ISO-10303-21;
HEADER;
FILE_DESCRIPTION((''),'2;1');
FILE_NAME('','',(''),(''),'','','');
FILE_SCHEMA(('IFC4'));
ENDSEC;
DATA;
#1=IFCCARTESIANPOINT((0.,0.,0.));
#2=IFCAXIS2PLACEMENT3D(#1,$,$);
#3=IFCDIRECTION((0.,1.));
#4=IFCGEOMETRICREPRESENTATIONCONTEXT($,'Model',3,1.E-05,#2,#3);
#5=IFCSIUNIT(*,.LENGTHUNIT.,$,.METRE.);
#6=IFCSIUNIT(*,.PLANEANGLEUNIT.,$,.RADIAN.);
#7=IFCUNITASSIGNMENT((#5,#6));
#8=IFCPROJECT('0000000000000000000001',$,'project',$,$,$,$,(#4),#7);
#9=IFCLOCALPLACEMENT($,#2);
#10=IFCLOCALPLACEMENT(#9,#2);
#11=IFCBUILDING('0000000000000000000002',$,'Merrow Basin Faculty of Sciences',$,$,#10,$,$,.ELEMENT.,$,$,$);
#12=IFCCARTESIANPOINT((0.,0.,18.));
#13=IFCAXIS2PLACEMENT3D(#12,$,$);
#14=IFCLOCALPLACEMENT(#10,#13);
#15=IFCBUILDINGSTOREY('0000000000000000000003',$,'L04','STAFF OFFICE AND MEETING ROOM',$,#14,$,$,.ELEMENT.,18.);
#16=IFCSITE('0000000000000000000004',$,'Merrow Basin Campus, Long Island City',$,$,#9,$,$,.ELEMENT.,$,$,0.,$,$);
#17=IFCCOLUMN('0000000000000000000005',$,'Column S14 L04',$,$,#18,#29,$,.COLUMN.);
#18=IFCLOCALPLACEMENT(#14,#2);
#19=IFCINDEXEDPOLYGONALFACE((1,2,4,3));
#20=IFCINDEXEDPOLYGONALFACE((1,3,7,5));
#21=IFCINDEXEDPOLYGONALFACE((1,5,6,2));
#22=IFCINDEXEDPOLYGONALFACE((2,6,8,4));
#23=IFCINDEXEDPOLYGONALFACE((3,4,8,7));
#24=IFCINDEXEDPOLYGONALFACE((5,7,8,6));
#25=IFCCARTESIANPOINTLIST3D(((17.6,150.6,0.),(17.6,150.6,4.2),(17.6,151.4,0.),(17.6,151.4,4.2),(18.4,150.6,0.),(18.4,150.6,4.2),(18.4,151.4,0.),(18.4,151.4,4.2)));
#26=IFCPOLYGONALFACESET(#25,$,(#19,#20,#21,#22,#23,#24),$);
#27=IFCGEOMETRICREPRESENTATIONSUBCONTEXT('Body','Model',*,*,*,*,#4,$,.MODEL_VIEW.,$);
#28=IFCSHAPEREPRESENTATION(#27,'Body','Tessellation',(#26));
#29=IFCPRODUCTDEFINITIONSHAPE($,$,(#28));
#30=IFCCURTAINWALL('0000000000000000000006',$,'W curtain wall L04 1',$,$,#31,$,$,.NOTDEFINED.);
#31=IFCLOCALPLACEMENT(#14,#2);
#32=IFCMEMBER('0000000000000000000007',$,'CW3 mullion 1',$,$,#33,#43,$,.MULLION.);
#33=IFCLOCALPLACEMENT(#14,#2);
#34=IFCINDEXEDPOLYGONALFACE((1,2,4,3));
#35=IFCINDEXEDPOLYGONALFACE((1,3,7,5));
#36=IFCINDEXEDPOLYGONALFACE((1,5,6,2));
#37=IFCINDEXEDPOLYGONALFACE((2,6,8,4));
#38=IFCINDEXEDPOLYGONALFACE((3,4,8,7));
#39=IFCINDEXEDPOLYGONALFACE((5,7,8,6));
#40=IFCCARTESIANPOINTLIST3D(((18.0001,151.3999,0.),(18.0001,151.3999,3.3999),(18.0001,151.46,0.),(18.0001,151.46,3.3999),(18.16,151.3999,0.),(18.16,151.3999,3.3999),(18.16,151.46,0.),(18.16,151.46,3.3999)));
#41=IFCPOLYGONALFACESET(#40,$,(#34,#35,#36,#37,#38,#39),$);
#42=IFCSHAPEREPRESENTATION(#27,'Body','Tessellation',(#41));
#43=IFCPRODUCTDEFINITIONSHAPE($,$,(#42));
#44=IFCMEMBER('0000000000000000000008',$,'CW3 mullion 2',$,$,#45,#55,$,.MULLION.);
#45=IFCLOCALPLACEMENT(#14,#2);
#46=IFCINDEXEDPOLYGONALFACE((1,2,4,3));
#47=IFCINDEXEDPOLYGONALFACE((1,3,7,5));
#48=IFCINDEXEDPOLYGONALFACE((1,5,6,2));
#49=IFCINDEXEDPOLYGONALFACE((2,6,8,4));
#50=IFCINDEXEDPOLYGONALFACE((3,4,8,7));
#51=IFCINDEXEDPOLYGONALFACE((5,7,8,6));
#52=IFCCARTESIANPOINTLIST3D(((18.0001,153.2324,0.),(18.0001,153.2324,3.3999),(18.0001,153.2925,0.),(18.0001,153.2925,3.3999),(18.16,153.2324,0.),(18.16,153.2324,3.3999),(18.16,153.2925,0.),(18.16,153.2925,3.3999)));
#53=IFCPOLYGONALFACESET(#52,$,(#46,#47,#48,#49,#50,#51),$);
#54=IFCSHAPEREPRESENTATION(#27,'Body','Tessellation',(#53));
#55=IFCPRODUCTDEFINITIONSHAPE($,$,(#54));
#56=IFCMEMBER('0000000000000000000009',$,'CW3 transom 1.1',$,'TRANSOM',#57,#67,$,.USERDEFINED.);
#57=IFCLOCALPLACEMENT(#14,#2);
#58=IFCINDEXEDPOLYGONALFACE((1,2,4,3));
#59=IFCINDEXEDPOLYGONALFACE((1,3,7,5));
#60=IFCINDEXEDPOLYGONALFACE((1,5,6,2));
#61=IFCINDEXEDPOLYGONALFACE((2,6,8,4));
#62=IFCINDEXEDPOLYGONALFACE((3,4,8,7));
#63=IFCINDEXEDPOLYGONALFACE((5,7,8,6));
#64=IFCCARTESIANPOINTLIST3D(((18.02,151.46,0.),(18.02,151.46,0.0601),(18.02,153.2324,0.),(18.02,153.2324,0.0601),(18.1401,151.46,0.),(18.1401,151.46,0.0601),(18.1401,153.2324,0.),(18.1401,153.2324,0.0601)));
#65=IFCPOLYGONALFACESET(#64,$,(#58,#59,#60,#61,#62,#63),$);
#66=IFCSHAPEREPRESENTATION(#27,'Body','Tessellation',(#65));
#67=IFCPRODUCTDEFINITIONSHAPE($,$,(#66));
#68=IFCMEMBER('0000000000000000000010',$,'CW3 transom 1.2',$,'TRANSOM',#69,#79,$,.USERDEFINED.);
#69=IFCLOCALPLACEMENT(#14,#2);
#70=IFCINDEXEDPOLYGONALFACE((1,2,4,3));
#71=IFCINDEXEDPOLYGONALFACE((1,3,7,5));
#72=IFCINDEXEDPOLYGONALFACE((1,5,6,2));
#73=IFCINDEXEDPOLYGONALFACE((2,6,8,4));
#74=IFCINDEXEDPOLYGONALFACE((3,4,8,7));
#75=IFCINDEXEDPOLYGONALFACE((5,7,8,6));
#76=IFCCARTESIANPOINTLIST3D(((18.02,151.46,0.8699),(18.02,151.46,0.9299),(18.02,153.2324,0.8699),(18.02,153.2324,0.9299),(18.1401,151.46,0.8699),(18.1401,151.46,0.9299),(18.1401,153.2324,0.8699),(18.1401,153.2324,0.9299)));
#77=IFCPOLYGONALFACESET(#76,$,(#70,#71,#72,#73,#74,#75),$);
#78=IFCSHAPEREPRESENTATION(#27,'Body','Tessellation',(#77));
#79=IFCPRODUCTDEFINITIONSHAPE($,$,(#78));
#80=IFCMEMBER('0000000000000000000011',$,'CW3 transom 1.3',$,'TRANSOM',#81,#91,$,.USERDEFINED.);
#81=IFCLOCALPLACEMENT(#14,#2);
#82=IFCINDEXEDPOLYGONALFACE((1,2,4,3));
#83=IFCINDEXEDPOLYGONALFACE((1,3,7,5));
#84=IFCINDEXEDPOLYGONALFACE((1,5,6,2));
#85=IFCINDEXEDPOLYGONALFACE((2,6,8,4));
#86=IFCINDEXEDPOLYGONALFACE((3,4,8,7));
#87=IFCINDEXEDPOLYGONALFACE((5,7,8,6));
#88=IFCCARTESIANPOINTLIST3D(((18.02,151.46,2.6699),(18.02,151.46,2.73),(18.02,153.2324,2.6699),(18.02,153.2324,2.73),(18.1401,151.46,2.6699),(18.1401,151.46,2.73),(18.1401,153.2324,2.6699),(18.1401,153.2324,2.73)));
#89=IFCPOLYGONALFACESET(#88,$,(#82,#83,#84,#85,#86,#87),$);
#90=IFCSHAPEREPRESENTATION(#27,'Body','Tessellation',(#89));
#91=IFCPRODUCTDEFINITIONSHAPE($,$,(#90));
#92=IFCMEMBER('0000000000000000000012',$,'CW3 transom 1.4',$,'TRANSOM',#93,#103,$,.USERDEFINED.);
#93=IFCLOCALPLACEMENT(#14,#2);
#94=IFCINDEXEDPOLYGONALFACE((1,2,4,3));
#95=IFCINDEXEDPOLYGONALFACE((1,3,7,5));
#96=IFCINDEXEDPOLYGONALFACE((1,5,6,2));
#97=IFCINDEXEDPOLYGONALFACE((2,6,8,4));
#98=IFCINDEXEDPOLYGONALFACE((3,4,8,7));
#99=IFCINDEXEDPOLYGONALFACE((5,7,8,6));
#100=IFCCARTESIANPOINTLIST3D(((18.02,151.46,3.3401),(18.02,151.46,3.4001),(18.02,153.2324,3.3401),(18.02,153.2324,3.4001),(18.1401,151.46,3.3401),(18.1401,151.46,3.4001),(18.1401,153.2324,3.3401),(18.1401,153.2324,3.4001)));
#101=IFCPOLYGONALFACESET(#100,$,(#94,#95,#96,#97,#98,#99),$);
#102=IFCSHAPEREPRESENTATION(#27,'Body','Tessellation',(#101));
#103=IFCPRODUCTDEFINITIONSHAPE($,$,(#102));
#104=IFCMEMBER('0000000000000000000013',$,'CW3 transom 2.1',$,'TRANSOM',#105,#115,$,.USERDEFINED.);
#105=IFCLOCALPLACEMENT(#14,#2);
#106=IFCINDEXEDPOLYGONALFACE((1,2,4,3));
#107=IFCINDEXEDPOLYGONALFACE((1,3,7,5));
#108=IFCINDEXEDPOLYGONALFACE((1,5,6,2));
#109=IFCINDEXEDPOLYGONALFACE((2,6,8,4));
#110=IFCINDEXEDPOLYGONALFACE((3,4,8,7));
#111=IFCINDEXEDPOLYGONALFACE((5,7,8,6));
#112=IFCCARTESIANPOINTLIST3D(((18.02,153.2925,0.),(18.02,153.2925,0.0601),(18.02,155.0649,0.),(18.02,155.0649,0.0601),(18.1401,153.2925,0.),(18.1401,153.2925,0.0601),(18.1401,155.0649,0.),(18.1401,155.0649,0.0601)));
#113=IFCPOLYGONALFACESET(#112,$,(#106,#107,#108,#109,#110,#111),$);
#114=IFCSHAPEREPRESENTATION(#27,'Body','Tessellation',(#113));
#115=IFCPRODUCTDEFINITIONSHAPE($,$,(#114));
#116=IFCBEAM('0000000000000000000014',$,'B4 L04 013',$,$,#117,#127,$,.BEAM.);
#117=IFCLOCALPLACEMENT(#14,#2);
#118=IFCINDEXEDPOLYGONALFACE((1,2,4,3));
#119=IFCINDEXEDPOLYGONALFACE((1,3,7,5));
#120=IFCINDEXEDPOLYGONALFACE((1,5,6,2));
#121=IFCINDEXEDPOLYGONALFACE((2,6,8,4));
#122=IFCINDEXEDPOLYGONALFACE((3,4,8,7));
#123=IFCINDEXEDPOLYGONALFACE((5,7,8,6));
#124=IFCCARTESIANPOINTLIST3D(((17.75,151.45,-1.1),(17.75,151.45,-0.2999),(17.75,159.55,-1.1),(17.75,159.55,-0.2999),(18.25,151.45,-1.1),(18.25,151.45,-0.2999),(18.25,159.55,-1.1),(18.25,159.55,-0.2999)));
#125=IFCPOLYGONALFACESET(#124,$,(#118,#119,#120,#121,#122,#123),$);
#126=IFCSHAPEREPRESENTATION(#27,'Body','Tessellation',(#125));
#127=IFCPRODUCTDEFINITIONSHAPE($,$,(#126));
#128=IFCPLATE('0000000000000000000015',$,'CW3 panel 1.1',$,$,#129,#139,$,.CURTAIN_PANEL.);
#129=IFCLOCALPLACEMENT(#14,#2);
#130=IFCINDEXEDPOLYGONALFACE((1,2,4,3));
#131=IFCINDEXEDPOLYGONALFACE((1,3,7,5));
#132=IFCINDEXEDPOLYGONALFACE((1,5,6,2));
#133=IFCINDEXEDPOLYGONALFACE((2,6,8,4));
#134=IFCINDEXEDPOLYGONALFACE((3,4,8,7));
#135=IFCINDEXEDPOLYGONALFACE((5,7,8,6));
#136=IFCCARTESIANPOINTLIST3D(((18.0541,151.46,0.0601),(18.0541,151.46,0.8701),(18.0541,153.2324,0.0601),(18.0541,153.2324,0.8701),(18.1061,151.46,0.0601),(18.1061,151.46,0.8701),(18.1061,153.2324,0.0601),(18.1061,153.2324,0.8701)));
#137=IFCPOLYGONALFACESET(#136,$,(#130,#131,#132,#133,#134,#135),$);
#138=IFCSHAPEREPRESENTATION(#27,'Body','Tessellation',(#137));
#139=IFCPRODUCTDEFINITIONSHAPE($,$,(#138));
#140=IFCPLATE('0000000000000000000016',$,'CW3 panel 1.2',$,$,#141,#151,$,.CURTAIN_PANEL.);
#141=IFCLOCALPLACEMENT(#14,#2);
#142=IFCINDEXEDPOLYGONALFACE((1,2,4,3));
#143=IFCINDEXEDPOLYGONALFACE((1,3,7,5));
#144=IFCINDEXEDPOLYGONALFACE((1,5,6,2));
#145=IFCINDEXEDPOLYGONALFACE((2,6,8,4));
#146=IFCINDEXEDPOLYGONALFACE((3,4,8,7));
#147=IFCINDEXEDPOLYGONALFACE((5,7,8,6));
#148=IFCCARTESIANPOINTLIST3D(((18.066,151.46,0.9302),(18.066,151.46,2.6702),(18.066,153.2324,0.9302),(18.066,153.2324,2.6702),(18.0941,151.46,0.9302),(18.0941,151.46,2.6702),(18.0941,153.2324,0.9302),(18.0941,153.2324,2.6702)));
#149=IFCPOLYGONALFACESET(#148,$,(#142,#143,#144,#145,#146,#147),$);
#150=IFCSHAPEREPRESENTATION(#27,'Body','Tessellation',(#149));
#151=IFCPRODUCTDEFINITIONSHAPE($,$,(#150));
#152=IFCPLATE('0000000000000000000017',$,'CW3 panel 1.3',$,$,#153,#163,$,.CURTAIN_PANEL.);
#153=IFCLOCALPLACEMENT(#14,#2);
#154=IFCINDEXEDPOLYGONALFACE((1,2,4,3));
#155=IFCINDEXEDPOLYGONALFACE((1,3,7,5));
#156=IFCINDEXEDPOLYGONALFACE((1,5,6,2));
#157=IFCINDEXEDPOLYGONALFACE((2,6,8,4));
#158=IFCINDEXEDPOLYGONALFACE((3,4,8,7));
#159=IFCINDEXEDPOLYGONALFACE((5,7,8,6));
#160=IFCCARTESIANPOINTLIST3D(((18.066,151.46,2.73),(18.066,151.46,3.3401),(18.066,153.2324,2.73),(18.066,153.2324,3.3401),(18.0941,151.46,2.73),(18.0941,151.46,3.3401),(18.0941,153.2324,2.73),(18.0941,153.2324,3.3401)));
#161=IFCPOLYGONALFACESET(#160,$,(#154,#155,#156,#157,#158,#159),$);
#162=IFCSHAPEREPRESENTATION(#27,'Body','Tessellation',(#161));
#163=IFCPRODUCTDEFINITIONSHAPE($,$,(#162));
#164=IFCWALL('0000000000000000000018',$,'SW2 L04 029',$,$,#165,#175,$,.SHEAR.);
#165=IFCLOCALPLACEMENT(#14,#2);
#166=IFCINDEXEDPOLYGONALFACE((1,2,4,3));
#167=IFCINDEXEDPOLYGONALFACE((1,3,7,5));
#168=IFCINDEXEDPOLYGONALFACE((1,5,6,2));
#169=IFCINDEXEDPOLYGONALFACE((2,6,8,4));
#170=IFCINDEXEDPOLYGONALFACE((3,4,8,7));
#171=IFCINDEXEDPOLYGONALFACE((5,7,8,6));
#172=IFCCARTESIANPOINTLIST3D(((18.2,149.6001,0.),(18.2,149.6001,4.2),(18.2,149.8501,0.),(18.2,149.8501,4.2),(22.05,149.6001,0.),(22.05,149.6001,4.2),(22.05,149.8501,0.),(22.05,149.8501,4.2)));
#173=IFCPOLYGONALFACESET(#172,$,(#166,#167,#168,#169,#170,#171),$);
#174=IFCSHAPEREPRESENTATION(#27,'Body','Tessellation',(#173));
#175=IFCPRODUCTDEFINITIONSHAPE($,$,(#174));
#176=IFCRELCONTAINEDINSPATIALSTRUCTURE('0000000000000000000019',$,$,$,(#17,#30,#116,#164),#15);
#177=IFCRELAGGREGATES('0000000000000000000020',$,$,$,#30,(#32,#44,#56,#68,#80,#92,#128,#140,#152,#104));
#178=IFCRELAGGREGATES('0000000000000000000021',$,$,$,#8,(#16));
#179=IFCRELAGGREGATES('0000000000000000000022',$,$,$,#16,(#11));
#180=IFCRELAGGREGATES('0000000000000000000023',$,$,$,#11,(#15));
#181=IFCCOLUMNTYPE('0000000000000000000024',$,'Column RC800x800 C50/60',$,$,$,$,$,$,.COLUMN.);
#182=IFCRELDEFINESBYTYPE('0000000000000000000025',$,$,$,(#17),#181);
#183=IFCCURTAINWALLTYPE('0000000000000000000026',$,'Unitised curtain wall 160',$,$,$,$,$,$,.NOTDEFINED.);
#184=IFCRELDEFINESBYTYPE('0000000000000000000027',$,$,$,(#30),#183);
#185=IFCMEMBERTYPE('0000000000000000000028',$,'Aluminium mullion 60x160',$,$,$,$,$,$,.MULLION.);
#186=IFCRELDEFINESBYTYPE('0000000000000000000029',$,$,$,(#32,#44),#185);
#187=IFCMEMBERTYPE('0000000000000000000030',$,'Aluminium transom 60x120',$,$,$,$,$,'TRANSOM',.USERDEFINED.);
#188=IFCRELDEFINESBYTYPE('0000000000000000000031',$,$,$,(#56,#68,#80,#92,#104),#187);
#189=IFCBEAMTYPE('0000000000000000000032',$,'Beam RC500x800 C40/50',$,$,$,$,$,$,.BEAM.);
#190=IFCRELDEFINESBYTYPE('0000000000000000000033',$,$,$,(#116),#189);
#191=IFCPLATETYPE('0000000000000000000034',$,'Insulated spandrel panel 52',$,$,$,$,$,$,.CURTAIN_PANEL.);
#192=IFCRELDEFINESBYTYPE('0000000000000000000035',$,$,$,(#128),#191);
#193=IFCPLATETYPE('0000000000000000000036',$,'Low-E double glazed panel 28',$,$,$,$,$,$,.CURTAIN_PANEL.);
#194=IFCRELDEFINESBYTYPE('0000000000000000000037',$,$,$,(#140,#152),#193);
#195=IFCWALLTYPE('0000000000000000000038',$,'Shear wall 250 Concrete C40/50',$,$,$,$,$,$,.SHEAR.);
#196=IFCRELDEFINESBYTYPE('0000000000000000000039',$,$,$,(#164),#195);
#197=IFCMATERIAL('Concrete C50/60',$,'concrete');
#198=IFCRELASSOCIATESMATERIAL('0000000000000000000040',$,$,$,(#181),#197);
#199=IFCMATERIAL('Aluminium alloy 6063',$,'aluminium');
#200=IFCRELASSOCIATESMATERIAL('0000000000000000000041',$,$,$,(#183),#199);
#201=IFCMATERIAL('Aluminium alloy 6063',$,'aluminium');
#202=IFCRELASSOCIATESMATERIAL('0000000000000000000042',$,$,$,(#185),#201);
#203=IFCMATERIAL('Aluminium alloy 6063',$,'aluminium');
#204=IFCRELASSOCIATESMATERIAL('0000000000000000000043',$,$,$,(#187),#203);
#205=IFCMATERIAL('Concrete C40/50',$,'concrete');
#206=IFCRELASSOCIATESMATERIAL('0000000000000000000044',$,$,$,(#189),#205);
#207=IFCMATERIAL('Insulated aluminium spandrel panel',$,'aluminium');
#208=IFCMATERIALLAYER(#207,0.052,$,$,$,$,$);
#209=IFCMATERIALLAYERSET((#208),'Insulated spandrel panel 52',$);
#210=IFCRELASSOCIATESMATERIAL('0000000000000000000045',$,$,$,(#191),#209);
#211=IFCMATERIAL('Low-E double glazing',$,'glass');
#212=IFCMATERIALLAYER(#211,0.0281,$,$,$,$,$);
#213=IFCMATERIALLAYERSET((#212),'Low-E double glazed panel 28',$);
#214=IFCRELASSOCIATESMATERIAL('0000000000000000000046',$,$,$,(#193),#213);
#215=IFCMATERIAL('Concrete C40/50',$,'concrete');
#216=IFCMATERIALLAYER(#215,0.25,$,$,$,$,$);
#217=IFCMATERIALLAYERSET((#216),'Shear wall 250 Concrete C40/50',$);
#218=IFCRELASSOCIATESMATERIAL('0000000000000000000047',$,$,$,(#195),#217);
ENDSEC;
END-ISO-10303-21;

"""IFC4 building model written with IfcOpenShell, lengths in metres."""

from ifc_helpers import new_model, si_unit, direction, frame, frame_2d, origin, origin_2d, place, context, subcontext, project, spatial, rectangle, extrude, material, layer, layer_set, material_profile, profile_set, type_object, element, aggregate, save


model = new_model("IFC4")

# Units and contexts
model_context = context("Model", 3, precision=1e-05, world=origin(), true_north=direction((0.0, 1.0)))
body_context = subcontext(model_context, "Body", "Model", "MODEL_VIEW")
ifc_project = project(units=[si_unit("LENGTHUNIT", "METRE"), si_unit("PLANEANGLEUNIT", "RADIAN")], contexts=[model_context])

# Site, building, storey
site_placement = place(None, origin())
site = spatial("IfcSite", under=ifc_project, at=site_placement, Name="Merrow Basin Campus, Long Island City", CompositionType="ELEMENT", RefElevation=0.0)
building_placement = place(site_placement, origin())
building = spatial("IfcBuilding", under=site, at=building_placement, Name="Merrow Basin Faculty of Sciences", CompositionType="ELEMENT")
storey_placement = place(building_placement, frame((0.0, 0.0, 18.0)))
storey = spatial("IfcBuildingStorey", under=building, at=storey_placement, Name="L04", Description="STAFF OFFICE AND MEETING ROOM", CompositionType="ELEMENT", Elevation=18.0)

# Column
ifc_material_1 = material(Name="Concrete C50/60", Category="concrete")
ifc_material_profile_1 = material_profile(ifc_material_1, rectangle(XDim=0.8, YDim=0.8, at=origin_2d()))
ifc_profile_set_1 = profile_set([ifc_material_profile_1], Name="Concrete C50/60")
column_type = type_object("IfcColumnType", Name="Column RC800x800 C50/60", PredefinedType="COLUMN", material=ifc_profile_set_1)
column_placement = place(storey_placement, frame((18.0, 151.0, 0.0), z_axis=(0.0, 0.0, 1.0), x_axis=(1.0, 0.0, 0.0)))
element("IfcColumn", 1, at=column_placement, inside=storey, type_object=column_type, Name="Column S14 L04", PredefinedType="COLUMN", context=body_context, shape_type="SweptSolid", body=[
    extrude(rectangle(XDim=0.8, YDim=0.8, at=origin_2d()), origin(), (0.0, 0.0, 1.0), 4.2),
])

# Curtain wall, members
ifc_material_2 = material(Name="Aluminium alloy 6063", Category="aluminium")
curtain_wall_type = type_object("IfcCurtainWallType", Name="Unitised curtain wall 160", PredefinedType="NOTDEFINED", material=ifc_material_2)
curtain_wall_placement = place(storey_placement, origin())
curtain_wall = element("IfcCurtainWall", 2, at=curtain_wall_placement, inside=storey, type_object=curtain_wall_type, Name="W curtain wall L04 1", PredefinedType="NOTDEFINED")
ifc_material_3 = material(Name="Aluminium alloy 6063", Category="aluminium")
ifc_material_profile_2 = material_profile(ifc_material_3, rectangle(XDim=0.1599, YDim=0.0601, at=origin_2d()))
ifc_profile_set_2 = profile_set([ifc_material_profile_2], Name="Aluminium alloy 6063")
member_type_1 = type_object("IfcMemberType", Name="Aluminium mullion 60x160", PredefinedType="MULLION", material=ifc_profile_set_2)
member_1_placement = place(storey_placement, frame((18.0801, 151.4299, 0.0), z_axis=(0.0, 0.0, 1.0), x_axis=(-1.0, 0.0, 0.0)))
member_1 = element("IfcMember", 3, at=member_1_placement, type_object=member_type_1, Name="CW3 mullion 1", PredefinedType="MULLION", context=body_context, shape_type="SweptSolid", body=[
    extrude(rectangle(XDim=0.1599, YDim=0.0601, at=origin_2d()), origin(), (0.0, 0.0, 1.0), 3.3999),
])
member_2_placement = place(storey_placement, frame((18.0801, 153.2625, 0.0), z_axis=(0.0, 0.0, 1.0), x_axis=(-1.0, 0.0, 0.0)))
member_2 = element("IfcMember", 4, at=member_2_placement, type_object=member_type_1, Name="CW3 mullion 2", PredefinedType="MULLION", context=body_context, shape_type="SweptSolid", body=[
    extrude(rectangle(XDim=0.1599, YDim=0.0601, at=origin_2d()), origin(), (0.0, 0.0, 1.0), 3.3999),
])
ifc_material_4 = material(Name="Aluminium alloy 6063", Category="aluminium")
ifc_material_profile_3 = material_profile(ifc_material_4, rectangle(XDim=0.1201, YDim=0.0601, at=origin_2d()))
ifc_profile_set_3 = profile_set([ifc_material_profile_3], Name="Aluminium alloy 6063")
member_type_2 = type_object("IfcMemberType", Name="Aluminium transom 60x120", ElementType="TRANSOM", PredefinedType="USERDEFINED", material=ifc_profile_set_3)
member_3_placement = place(storey_placement, frame((18.0801, 151.46, 0.03), z_axis=(0.0, 1.0, 0.0), x_axis=(-1.0, 0.0, 0.0)))
member_3 = element("IfcMember", 5, at=member_3_placement, type_object=member_type_2, Name="CW3 transom 1.1", ObjectType="TRANSOM", PredefinedType="USERDEFINED", context=body_context, shape_type="SweptSolid", body=[
    extrude(rectangle(XDim=0.1201, YDim=0.0601, at=origin_2d()), origin(), (0.0, 0.0, 1.0), 1.7725),
])
member_4_placement = place(storey_placement, frame((18.0801, 151.46, 0.8999), z_axis=(0.0, 1.0, 0.0), x_axis=(-1.0, 0.0, 0.0)))
member_4 = element("IfcMember", 6, at=member_4_placement, type_object=member_type_2, Name="CW3 transom 1.2", ObjectType="TRANSOM", PredefinedType="USERDEFINED", context=body_context, shape_type="SweptSolid", body=[
    extrude(rectangle(XDim=0.1201, YDim=0.0601, at=origin_2d()), origin(), (0.0, 0.0, 1.0), 1.7725),
])
member_5_placement = place(storey_placement, frame((18.0801, 151.46, 2.7), z_axis=(0.0, 1.0, 0.0), x_axis=(-1.0, 0.0, 0.0)))
member_5 = element("IfcMember", 7, at=member_5_placement, type_object=member_type_2, Name="CW3 transom 1.3", ObjectType="TRANSOM", PredefinedType="USERDEFINED", context=body_context, shape_type="SweptSolid", body=[
    extrude(rectangle(XDim=0.1201, YDim=0.0601, at=origin_2d()), origin(), (0.0, 0.0, 1.0), 1.7725),
])
member_6_placement = place(storey_placement, frame((18.0801, 151.46, 3.3701), z_axis=(0.0, 1.0, 0.0), x_axis=(-1.0, 0.0, 0.0)))
member_6 = element("IfcMember", 8, at=member_6_placement, type_object=member_type_2, Name="CW3 transom 1.4", ObjectType="TRANSOM", PredefinedType="USERDEFINED", context=body_context, shape_type="SweptSolid", body=[
    extrude(rectangle(XDim=0.1201, YDim=0.0601, at=origin_2d()), origin(), (0.0, 0.0, 1.0), 1.7725),
])
member_7_placement = place(storey_placement, frame((18.0801, 153.2925, 0.03), z_axis=(0.0, 1.0, 0.0), x_axis=(-1.0, 0.0, 0.0)))
member_7 = element("IfcMember", 9, at=member_7_placement, type_object=member_type_2, Name="CW3 transom 2.1", ObjectType="TRANSOM", PredefinedType="USERDEFINED", context=body_context, shape_type="SweptSolid", body=[
    extrude(rectangle(XDim=0.1201, YDim=0.0601, at=origin_2d()), origin(), (0.0, 0.0, 1.0), 1.7725),
])

# Beam
ifc_material_5 = material(Name="Concrete C40/50", Category="concrete")
ifc_material_profile_4 = material_profile(ifc_material_5, rectangle(XDim=0.5, YDim=0.8, at=origin_2d()))
ifc_profile_set_4 = profile_set([ifc_material_profile_4], Name="Concrete C40/50")
beam_type = type_object("IfcBeamType", Name="Beam RC500x800 C40/50", PredefinedType="BEAM", material=ifc_profile_set_4)
beam_placement = place(storey_placement, frame((18.0, 151.45, -0.7), z_axis=(0.0, 1.0, 0.0), x_axis=(-1.0, 0.0, 0.0)))
element("IfcBeam", 10, at=beam_placement, inside=storey, type_object=beam_type, Name="B4 L04 013", PredefinedType="BEAM", context=body_context, shape_type="SweptSolid", body=[
    extrude(rectangle(XDim=0.5, YDim=0.8, at=origin_2d()), origin(), (0.0, 0.0, 1.0), 8.1001),
])

# Plates
ifc_material_6 = material(Name="Insulated aluminium spandrel panel", Category="aluminium")
ifc_layer_1 = layer(ifc_material_6, 0.052)
ifc_layer_set_1 = layer_set([ifc_layer_1], Name="Insulated spandrel panel 52")
plate_type_1 = type_object("IfcPlateType", Name="Insulated spandrel panel 52", PredefinedType="CURTAIN_PANEL", material=ifc_layer_set_1)
plate_1_placement = place(storey_placement, frame((18.0801, 152.3462, 0.0601), z_axis=(0.0, 0.0, 1.0), x_axis=(0.0, 1.0, 0.0)))
plate_1 = element("IfcPlate", 11, at=plate_1_placement, type_object=plate_type_1, Name="CW3 panel 1.1", PredefinedType="CURTAIN_PANEL", context=body_context, shape_type="SweptSolid", body=[
    extrude(rectangle(XDim=1.7725, YDim=0.052, at=origin_2d()), origin(), (0.0, 0.0, 1.0), 0.8101),
])
ifc_material_7 = material(Name="Low-E double glazing", Category="glass")
ifc_layer_2 = layer(ifc_material_7, 0.0281)
ifc_layer_set_2 = layer_set([ifc_layer_2], Name="Low-E double glazed panel 28")
plate_type_2 = type_object("IfcPlateType", Name="Low-E double glazed panel 28", PredefinedType="CURTAIN_PANEL", material=ifc_layer_set_2)
plate_2_placement = place(storey_placement, frame((18.0801, 152.3462, 0.9302), z_axis=(0.0, 0.0, 1.0), x_axis=(0.0, 1.0, 0.0)))
plate_2 = element("IfcPlate", 12, at=plate_2_placement, type_object=plate_type_2, Name="CW3 panel 1.2", PredefinedType="CURTAIN_PANEL", context=body_context, shape_type="SweptSolid", body=[
    extrude(rectangle(XDim=1.7725, YDim=0.0281, at=origin_2d()), origin(), (0.0, 0.0, 1.0), 1.74),
])
plate_3_placement = place(storey_placement, frame((18.0801, 152.3462, 2.73), z_axis=(0.0, 0.0, 1.0), x_axis=(0.0, 1.0, 0.0)))
plate_3 = element("IfcPlate", 13, at=plate_3_placement, type_object=plate_type_2, Name="CW3 panel 1.3", PredefinedType="CURTAIN_PANEL", context=body_context, shape_type="SweptSolid", body=[
    extrude(rectangle(XDim=1.7725, YDim=0.0281, at=origin_2d()), origin(), (0.0, 0.0, 1.0), 0.6101),
])
aggregate(curtain_wall, [member_1, member_2, member_3, member_4, member_5, member_6, plate_1, plate_2, plate_3, member_7])

# Wall
ifc_material_8 = material(Name="Concrete C40/50", Category="concrete")
ifc_layer_3 = layer(ifc_material_8, 0.25)
ifc_layer_set_3 = layer_set([ifc_layer_3], Name="Shear wall 250 Concrete C40/50")
wall_type_1 = type_object("IfcWallType", Name="Shear wall 250 Concrete C40/50", PredefinedType="SHEAR", material=ifc_layer_set_3)
wall_1_placement = place(storey_placement, frame((18.2, 149.7251, 0.0), z_axis=(0.0, 0.0, 1.0), x_axis=(1.0, 0.0, 0.0)))
element("IfcWall", 14, at=wall_1_placement, inside=storey, type_object=wall_type_1, Name="SW2 L04 029", PredefinedType="SHEAR", context=body_context, shape_type="SweptSolid", body=[
    extrude(rectangle(XDim=3.8501, YDim=0.25, at=frame_2d((1.925, 0.0))), origin(), (0.0, 0.0, 1.0), 4.2),
])

save(model, "model.ifc")
